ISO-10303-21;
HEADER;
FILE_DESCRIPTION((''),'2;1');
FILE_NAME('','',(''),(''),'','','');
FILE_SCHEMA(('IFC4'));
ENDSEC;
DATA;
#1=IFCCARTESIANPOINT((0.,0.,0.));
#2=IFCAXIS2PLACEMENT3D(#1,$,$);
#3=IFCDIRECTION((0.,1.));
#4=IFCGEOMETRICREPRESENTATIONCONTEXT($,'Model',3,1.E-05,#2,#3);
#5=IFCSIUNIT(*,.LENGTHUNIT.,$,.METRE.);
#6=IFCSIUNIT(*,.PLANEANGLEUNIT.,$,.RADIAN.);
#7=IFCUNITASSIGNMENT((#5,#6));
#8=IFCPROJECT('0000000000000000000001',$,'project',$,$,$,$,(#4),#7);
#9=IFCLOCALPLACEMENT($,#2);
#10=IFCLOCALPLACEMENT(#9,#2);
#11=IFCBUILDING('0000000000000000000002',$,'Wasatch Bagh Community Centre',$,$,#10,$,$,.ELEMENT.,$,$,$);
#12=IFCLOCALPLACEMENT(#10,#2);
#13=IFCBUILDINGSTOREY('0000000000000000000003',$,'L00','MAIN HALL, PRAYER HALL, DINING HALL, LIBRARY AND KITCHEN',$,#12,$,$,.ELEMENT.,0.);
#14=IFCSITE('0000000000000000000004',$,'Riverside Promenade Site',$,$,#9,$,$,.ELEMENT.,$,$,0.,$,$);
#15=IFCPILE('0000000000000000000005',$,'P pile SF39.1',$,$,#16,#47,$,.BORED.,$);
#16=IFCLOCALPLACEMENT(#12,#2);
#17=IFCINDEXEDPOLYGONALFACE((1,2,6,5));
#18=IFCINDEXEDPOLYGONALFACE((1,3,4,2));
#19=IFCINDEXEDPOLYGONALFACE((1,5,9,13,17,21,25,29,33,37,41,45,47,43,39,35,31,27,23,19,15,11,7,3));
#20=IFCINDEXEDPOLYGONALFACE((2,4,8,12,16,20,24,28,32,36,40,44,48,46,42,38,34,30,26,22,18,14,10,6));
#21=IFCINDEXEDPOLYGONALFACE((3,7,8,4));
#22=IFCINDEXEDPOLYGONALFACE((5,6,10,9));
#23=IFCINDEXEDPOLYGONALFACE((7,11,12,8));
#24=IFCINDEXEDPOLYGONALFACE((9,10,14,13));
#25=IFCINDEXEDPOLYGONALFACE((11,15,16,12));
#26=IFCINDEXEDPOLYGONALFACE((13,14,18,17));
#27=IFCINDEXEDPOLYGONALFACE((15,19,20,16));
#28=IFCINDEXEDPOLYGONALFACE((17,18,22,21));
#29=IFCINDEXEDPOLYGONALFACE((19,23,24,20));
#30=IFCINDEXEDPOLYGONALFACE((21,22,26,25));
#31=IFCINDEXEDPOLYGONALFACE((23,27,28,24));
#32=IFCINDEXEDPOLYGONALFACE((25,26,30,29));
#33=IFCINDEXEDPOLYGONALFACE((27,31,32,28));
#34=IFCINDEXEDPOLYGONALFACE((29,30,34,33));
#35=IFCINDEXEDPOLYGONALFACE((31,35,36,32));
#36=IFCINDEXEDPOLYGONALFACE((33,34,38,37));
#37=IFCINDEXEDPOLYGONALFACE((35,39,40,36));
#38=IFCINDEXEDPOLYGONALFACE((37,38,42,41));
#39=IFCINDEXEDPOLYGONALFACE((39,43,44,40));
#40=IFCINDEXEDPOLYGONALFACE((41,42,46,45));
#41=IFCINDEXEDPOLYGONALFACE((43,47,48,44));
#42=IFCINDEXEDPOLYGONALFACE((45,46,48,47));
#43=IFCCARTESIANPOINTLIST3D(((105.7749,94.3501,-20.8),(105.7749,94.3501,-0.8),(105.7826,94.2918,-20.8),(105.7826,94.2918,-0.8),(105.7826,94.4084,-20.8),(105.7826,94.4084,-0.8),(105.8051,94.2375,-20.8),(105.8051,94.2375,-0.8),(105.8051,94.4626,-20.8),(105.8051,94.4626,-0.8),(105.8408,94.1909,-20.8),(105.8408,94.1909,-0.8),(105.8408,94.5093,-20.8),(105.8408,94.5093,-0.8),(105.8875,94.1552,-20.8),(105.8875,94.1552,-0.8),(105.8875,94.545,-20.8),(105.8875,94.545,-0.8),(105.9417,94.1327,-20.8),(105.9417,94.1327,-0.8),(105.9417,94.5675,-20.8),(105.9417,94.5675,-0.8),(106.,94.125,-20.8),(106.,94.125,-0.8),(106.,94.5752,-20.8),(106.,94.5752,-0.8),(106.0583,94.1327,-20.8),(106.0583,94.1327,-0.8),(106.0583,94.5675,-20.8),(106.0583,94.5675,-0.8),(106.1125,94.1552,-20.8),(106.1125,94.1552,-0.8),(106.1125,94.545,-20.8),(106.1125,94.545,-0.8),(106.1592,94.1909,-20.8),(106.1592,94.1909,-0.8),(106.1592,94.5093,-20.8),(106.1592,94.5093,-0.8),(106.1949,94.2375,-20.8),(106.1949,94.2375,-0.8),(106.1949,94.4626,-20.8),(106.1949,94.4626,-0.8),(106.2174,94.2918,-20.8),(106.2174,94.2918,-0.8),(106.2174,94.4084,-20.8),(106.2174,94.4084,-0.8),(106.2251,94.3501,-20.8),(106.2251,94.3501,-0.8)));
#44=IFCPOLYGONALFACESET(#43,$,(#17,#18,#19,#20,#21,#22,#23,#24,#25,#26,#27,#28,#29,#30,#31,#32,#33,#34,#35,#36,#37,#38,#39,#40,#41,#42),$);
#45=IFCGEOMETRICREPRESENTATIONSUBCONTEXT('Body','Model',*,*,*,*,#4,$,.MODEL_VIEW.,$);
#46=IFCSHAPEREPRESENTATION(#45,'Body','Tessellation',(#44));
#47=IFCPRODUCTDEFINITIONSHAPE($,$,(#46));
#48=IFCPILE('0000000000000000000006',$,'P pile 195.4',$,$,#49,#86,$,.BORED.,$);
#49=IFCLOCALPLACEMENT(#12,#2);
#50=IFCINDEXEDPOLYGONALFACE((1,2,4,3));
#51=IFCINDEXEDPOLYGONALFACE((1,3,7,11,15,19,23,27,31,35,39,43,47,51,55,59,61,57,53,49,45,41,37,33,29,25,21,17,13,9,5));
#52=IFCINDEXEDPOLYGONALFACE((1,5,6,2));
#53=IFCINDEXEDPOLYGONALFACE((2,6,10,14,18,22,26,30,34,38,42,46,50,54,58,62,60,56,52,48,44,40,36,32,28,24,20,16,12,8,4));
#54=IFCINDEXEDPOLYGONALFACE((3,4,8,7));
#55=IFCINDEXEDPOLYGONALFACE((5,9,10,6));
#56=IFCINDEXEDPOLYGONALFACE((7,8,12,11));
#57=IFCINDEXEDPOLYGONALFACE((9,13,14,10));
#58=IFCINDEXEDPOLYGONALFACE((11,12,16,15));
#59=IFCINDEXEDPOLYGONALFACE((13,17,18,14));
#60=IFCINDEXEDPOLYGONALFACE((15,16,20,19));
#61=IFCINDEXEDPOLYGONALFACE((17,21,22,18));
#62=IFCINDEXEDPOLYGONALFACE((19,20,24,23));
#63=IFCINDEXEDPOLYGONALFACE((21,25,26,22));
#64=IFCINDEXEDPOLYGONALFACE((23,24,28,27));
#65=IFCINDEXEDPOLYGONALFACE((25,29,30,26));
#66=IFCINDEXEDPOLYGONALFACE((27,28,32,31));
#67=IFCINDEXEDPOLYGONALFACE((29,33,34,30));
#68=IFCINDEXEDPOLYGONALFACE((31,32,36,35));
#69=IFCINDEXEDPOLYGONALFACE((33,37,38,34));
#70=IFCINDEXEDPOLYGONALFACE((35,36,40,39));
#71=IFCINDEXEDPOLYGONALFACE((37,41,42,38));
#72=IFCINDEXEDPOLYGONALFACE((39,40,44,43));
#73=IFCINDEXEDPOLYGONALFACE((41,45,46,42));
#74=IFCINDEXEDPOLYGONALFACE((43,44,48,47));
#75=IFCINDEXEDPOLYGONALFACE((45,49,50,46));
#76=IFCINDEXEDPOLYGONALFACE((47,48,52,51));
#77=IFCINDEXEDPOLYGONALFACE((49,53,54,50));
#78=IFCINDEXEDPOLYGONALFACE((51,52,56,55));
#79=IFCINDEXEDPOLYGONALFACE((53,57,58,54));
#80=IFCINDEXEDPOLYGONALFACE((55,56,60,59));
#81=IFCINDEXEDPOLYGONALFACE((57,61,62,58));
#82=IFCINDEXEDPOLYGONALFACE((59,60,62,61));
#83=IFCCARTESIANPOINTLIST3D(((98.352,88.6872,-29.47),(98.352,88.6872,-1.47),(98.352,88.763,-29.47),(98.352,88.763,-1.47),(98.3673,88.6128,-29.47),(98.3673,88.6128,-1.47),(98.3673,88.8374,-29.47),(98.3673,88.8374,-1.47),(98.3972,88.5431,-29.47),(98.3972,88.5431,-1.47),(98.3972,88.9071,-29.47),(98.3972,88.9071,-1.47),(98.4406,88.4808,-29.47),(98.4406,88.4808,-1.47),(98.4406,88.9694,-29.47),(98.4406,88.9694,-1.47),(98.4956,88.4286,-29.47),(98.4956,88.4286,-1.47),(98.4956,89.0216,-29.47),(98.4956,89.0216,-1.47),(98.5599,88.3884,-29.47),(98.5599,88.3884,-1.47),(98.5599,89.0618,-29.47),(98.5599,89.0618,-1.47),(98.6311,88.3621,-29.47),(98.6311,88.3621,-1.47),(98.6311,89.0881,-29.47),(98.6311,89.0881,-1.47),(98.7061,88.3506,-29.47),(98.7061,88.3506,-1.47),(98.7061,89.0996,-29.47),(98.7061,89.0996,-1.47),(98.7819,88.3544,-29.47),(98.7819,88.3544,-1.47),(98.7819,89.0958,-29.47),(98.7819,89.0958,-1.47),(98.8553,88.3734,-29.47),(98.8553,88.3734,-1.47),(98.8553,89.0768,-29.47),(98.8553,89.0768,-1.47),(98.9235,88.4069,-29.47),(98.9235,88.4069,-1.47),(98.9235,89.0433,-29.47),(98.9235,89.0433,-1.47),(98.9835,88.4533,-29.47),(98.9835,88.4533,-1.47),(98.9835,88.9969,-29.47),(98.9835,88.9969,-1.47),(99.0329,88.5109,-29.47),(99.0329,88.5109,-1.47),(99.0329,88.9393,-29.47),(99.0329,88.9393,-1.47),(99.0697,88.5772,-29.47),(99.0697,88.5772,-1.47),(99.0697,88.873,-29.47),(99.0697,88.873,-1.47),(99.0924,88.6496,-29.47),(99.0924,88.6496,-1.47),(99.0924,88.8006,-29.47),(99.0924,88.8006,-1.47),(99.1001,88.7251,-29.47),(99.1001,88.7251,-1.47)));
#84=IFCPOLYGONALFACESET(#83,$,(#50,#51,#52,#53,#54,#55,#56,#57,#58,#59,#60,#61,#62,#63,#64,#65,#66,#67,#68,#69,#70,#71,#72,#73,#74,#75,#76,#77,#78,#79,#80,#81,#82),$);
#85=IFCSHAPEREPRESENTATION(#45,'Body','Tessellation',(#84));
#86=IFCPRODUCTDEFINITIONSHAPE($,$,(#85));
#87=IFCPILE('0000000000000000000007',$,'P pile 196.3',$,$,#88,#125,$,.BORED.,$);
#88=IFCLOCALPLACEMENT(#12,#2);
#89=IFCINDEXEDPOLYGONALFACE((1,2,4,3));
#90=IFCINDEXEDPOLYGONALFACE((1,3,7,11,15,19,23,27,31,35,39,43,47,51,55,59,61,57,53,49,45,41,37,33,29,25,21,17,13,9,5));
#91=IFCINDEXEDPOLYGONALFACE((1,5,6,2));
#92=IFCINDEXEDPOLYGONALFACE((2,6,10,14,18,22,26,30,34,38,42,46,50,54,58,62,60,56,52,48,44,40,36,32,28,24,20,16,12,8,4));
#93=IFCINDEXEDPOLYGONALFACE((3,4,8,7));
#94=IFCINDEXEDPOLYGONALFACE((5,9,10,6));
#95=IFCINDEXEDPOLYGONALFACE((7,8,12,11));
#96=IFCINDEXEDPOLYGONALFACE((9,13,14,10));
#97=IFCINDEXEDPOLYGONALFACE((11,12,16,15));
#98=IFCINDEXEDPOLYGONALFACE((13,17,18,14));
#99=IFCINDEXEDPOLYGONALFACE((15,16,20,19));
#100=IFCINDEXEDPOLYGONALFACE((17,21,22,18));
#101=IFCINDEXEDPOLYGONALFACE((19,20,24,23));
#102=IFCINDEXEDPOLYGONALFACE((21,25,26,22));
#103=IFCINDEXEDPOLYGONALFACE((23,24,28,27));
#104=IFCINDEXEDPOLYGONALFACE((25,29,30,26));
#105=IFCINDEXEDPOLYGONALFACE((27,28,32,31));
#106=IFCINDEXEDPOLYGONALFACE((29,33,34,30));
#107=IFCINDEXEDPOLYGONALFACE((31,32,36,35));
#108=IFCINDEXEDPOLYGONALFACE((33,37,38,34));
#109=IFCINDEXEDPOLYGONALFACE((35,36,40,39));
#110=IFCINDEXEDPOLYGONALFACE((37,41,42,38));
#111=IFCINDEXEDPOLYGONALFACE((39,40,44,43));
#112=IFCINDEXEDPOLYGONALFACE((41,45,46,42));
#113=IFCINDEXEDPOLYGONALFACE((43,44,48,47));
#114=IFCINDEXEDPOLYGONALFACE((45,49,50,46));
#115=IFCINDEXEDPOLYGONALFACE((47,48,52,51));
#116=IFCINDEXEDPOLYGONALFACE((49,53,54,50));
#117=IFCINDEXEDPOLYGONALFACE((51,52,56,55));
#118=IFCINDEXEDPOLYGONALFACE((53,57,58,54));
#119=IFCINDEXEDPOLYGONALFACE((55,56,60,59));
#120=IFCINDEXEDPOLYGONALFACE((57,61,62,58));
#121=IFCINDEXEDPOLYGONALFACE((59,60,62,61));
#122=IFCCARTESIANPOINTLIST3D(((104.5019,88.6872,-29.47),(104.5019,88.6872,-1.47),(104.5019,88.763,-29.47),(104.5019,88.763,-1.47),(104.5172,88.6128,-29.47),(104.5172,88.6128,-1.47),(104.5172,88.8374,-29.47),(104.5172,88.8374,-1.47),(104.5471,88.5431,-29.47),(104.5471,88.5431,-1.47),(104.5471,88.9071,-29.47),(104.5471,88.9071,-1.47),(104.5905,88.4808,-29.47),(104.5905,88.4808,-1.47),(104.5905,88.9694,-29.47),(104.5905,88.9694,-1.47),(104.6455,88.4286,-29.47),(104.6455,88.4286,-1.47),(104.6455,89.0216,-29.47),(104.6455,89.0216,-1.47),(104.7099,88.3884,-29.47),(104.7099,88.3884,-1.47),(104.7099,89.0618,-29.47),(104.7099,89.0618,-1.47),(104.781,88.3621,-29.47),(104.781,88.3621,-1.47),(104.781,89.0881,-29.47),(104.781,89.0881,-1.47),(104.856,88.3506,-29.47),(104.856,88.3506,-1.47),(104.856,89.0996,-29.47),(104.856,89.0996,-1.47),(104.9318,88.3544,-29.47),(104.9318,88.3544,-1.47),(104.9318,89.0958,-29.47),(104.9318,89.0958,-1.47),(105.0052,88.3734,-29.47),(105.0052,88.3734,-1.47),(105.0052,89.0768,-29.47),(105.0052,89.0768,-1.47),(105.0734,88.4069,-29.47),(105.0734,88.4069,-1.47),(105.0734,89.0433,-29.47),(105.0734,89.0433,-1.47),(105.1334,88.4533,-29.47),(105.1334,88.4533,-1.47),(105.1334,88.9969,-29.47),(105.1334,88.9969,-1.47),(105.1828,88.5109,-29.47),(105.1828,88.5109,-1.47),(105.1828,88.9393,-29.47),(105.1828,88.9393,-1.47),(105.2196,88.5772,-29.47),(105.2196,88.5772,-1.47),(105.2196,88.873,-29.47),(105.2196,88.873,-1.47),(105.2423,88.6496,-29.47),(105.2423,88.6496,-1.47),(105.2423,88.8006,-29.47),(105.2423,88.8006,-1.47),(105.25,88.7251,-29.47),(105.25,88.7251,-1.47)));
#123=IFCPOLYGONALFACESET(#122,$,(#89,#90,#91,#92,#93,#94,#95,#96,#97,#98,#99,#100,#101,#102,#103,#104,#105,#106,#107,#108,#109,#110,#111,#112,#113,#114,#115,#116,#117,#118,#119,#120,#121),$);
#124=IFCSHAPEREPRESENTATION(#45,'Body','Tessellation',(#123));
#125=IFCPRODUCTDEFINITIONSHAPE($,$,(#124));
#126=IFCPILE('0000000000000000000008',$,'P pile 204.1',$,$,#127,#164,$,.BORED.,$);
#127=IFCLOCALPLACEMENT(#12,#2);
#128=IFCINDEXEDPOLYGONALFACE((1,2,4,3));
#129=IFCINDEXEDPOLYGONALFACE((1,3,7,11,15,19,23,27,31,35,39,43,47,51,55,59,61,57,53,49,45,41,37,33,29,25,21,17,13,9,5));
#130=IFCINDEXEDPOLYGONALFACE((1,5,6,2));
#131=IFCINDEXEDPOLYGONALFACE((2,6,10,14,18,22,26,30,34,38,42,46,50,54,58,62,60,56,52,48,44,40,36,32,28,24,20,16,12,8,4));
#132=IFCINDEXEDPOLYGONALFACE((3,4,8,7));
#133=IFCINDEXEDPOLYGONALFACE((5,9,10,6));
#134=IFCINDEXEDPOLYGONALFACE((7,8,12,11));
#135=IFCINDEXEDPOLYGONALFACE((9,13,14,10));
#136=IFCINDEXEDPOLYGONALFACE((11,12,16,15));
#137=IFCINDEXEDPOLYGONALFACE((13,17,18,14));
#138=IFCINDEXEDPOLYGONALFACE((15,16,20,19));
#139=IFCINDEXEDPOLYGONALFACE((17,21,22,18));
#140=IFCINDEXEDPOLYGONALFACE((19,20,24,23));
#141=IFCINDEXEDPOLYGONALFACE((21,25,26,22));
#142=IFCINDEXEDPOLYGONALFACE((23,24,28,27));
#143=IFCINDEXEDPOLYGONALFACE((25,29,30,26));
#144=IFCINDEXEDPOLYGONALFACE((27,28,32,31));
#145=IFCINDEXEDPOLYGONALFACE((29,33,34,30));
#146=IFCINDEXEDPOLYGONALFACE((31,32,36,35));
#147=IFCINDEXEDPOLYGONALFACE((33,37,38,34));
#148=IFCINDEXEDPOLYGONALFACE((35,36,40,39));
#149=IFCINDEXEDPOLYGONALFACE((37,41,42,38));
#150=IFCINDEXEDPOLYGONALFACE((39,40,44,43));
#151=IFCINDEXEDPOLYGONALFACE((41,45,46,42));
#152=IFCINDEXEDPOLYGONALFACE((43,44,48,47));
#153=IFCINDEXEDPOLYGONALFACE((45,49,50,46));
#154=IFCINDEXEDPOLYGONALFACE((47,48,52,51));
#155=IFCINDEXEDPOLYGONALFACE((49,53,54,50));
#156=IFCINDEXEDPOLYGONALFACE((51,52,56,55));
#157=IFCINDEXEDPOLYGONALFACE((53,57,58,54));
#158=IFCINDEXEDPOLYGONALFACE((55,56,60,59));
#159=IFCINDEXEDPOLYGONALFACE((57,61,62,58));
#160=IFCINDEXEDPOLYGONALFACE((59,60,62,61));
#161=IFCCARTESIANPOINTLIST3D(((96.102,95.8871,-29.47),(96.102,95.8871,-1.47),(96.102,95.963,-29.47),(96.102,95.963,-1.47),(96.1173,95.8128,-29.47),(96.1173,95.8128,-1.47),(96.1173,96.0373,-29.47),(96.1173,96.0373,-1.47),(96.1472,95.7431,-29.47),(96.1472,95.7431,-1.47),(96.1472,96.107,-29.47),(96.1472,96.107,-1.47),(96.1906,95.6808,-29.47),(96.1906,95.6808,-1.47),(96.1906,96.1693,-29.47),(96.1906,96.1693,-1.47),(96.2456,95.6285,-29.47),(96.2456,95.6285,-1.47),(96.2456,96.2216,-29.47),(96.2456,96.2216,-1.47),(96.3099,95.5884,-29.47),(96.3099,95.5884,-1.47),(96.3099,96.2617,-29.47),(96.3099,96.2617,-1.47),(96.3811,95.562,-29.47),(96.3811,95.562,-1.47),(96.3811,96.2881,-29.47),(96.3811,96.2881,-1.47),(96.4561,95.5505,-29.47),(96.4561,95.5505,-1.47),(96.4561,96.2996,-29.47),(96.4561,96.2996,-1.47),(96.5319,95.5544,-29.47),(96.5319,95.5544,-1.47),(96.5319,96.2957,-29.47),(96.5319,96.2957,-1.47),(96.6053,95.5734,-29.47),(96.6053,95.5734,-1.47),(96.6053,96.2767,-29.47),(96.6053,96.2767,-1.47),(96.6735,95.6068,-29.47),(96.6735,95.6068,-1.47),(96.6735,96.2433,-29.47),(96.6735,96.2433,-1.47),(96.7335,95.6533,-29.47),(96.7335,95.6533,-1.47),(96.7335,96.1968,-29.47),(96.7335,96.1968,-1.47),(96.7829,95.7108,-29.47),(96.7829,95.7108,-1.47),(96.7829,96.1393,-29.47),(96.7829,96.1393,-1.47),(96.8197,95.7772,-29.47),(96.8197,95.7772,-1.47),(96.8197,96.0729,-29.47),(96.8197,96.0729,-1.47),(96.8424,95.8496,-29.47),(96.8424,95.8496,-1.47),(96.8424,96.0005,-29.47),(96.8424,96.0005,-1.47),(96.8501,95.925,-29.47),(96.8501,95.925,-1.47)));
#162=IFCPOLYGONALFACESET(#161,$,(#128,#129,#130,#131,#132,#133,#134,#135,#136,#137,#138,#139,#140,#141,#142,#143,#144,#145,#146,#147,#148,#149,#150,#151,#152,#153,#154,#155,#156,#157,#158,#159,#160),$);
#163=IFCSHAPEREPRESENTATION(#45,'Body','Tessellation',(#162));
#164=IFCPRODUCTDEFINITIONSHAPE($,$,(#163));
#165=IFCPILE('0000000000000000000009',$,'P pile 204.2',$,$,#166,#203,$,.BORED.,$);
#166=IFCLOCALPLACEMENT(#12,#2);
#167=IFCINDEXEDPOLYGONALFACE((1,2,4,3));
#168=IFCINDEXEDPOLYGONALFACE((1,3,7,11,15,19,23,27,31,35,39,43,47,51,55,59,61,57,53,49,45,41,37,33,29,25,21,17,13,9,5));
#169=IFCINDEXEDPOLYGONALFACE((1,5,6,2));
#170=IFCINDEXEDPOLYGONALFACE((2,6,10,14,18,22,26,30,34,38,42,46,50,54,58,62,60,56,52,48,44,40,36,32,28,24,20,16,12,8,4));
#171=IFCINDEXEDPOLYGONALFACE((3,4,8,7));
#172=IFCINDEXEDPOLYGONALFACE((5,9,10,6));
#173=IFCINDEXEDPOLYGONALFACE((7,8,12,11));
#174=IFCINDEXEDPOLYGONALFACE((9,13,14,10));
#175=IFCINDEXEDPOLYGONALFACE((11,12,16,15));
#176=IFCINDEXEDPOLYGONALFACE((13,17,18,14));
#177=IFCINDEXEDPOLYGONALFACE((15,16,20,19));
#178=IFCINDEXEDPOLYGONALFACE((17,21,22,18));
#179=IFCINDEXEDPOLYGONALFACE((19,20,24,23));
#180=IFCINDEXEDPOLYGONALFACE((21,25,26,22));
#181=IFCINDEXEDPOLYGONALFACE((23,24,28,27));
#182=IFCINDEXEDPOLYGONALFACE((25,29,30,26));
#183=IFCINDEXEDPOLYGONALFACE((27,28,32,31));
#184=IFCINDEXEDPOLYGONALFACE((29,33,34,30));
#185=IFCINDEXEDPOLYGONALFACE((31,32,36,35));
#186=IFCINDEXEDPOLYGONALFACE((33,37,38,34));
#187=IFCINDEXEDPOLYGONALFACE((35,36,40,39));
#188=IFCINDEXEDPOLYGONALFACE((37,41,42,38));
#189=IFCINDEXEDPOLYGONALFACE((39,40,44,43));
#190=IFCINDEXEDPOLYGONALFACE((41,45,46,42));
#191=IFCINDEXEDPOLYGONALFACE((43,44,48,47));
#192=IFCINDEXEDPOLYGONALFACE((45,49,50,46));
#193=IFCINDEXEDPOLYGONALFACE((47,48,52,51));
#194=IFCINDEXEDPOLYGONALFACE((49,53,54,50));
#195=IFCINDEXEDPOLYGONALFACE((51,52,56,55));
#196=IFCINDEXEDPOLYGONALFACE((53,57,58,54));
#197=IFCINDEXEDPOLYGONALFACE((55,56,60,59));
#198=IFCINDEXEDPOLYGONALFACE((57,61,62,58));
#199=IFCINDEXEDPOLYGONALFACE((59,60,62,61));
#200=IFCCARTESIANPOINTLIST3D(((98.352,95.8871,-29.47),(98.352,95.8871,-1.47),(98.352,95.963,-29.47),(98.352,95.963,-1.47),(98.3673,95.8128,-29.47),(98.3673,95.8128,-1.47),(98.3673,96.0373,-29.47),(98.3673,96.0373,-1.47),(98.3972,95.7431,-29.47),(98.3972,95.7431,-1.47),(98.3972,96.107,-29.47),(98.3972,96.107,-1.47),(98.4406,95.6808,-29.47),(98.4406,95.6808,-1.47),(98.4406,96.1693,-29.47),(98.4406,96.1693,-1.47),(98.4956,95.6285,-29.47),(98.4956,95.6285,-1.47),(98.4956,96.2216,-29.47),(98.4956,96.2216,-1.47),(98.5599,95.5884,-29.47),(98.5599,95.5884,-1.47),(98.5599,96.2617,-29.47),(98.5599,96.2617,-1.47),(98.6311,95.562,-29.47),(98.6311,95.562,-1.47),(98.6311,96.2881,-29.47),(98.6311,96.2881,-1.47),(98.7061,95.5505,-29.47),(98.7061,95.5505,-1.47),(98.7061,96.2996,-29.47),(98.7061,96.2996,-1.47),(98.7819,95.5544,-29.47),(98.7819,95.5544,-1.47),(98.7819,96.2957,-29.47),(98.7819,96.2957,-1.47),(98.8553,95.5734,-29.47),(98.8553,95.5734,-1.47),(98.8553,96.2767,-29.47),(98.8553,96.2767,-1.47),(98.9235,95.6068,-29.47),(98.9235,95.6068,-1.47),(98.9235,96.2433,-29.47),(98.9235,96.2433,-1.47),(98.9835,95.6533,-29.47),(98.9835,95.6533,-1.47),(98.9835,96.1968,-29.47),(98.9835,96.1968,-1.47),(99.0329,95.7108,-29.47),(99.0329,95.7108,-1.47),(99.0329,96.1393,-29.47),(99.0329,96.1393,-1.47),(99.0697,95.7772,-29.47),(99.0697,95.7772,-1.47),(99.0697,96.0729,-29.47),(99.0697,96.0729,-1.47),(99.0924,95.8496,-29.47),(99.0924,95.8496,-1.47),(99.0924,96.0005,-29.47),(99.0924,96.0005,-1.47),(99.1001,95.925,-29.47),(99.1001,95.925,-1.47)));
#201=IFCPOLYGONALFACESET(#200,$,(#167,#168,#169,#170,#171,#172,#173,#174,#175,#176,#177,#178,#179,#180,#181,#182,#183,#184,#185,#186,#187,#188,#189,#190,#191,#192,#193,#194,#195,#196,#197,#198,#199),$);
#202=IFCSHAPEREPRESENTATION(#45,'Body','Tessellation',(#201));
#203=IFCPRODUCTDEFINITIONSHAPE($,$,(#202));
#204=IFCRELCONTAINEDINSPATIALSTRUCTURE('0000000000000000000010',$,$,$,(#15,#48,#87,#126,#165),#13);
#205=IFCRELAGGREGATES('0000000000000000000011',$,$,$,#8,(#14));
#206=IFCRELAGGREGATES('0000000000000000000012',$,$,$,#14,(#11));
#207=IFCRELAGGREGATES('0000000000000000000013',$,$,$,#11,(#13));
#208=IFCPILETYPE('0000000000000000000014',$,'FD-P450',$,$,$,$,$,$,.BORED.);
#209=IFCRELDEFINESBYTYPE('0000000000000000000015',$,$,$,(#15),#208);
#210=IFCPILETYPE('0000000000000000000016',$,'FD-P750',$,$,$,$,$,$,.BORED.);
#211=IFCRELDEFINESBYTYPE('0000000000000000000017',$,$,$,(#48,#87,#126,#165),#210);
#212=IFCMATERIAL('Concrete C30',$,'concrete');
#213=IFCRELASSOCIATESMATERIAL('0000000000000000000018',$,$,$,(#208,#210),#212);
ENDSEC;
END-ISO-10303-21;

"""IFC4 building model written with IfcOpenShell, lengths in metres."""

from ifc_helpers import new_model, si_unit, direction, frame, origin, origin_2d, place, context, subcontext, project, spatial, circle, extrude, material, material_profile, profile_set, type_object, element, save


model = new_model("IFC4")

# Units and contexts
model_context = context("Model", 3, precision=1e-05, world=origin(), true_north=direction((0.0, 1.0)))
body_context = subcontext(model_context, "Body", "Model", "MODEL_VIEW")
ifc_project = project(units=[si_unit("LENGTHUNIT", "METRE"), si_unit("PLANEANGLEUNIT", "RADIAN")], contexts=[model_context])

# Site, building, storey
site_placement = place(None, origin())
site = spatial("IfcSite", under=ifc_project, at=site_placement, Name="Riverside Promenade Site", CompositionType="ELEMENT", RefElevation=0.0)
building_placement = place(site_placement, origin())
building = spatial("IfcBuilding", under=site, at=building_placement, Name="Wasatch Bagh Community Centre", CompositionType="ELEMENT")
storey_placement = place(building_placement, origin())
storey = spatial("IfcBuildingStorey", under=building, at=storey_placement, Name="L00", Description="MAIN HALL, PRAYER HALL, DINING HALL, LIBRARY AND KITCHEN", CompositionType="ELEMENT", Elevation=0.0)

# Piles
ifc_material_1 = material(Name="Concrete C30", Category="concrete")
ifc_material_profile_1 = material_profile(ifc_material_1, circle(Radius=0.2251, at=origin_2d()), Name="RC D450")
ifc_profile_set_1 = profile_set([ifc_material_profile_1], Name="Concrete C30")
pile_type_1 = type_object("IfcPileType", Name="FD-P450", PredefinedType="BORED", material=ifc_profile_set_1)
pile_placement = place(storey_placement, frame((106.0, 94.3501, -0.8), z_axis=(0.0, 0.0, -1.0), x_axis=(1.0, 0.0, 0.0)))
element("IfcPile", 1, at=pile_placement, inside=storey, type_object=pile_type_1, Name="P pile SF39.1", PredefinedType="BORED", context=body_context, shape_type="SweptSolid", body=[
    extrude(circle(Radius=0.2251, at=origin_2d()), origin(), (0.0, 0.0, 1.0), 20.0),
])
ifc_material_profile_2 = material_profile(ifc_material_1, circle(Radius=0.375, at=origin_2d()), Name="RC D750")
ifc_profile_set_2 = profile_set([ifc_material_profile_2], Name="Concrete C30")
pile_type_2 = type_object("IfcPileType", Name="FD-P750", PredefinedType="BORED", material=ifc_profile_set_2)
for number, where, z_axis, x_axis, name in (
    (2, (98.7251, 88.7251, -1.47), (0.0, 0.0, -1.0), (1.0, 0.0, 0.0), "P pile 195.4"),
    (3, (104.875, 88.7251, -1.47), (0.0, 0.0, -1.0), (1.0, 0.0, 0.0), "P pile 196.3"),
    (4, (96.4751, 95.925, -1.47), (0.0, 0.0, -1.0), (1.0, 0.0, 0.0), "P pile 204.1"),
    (5, (98.7251, 95.925, -1.47), (0.0, 0.0, -1.0), (1.0, 0.0, 0.0), "P pile 204.2"),
):
    element("IfcPile", number, at=place(storey_placement, frame(where, z_axis=z_axis, x_axis=x_axis)), inside=storey, type_object=pile_type_2, Name=name, PredefinedType="BORED", context=body_context, shape_type="SweptSolid", body=[
        extrude(circle(Radius=0.375, at=origin_2d()), origin(), (0.0, 0.0, 1.0), 28.0),
    ])

save(model, "model.ifc")
